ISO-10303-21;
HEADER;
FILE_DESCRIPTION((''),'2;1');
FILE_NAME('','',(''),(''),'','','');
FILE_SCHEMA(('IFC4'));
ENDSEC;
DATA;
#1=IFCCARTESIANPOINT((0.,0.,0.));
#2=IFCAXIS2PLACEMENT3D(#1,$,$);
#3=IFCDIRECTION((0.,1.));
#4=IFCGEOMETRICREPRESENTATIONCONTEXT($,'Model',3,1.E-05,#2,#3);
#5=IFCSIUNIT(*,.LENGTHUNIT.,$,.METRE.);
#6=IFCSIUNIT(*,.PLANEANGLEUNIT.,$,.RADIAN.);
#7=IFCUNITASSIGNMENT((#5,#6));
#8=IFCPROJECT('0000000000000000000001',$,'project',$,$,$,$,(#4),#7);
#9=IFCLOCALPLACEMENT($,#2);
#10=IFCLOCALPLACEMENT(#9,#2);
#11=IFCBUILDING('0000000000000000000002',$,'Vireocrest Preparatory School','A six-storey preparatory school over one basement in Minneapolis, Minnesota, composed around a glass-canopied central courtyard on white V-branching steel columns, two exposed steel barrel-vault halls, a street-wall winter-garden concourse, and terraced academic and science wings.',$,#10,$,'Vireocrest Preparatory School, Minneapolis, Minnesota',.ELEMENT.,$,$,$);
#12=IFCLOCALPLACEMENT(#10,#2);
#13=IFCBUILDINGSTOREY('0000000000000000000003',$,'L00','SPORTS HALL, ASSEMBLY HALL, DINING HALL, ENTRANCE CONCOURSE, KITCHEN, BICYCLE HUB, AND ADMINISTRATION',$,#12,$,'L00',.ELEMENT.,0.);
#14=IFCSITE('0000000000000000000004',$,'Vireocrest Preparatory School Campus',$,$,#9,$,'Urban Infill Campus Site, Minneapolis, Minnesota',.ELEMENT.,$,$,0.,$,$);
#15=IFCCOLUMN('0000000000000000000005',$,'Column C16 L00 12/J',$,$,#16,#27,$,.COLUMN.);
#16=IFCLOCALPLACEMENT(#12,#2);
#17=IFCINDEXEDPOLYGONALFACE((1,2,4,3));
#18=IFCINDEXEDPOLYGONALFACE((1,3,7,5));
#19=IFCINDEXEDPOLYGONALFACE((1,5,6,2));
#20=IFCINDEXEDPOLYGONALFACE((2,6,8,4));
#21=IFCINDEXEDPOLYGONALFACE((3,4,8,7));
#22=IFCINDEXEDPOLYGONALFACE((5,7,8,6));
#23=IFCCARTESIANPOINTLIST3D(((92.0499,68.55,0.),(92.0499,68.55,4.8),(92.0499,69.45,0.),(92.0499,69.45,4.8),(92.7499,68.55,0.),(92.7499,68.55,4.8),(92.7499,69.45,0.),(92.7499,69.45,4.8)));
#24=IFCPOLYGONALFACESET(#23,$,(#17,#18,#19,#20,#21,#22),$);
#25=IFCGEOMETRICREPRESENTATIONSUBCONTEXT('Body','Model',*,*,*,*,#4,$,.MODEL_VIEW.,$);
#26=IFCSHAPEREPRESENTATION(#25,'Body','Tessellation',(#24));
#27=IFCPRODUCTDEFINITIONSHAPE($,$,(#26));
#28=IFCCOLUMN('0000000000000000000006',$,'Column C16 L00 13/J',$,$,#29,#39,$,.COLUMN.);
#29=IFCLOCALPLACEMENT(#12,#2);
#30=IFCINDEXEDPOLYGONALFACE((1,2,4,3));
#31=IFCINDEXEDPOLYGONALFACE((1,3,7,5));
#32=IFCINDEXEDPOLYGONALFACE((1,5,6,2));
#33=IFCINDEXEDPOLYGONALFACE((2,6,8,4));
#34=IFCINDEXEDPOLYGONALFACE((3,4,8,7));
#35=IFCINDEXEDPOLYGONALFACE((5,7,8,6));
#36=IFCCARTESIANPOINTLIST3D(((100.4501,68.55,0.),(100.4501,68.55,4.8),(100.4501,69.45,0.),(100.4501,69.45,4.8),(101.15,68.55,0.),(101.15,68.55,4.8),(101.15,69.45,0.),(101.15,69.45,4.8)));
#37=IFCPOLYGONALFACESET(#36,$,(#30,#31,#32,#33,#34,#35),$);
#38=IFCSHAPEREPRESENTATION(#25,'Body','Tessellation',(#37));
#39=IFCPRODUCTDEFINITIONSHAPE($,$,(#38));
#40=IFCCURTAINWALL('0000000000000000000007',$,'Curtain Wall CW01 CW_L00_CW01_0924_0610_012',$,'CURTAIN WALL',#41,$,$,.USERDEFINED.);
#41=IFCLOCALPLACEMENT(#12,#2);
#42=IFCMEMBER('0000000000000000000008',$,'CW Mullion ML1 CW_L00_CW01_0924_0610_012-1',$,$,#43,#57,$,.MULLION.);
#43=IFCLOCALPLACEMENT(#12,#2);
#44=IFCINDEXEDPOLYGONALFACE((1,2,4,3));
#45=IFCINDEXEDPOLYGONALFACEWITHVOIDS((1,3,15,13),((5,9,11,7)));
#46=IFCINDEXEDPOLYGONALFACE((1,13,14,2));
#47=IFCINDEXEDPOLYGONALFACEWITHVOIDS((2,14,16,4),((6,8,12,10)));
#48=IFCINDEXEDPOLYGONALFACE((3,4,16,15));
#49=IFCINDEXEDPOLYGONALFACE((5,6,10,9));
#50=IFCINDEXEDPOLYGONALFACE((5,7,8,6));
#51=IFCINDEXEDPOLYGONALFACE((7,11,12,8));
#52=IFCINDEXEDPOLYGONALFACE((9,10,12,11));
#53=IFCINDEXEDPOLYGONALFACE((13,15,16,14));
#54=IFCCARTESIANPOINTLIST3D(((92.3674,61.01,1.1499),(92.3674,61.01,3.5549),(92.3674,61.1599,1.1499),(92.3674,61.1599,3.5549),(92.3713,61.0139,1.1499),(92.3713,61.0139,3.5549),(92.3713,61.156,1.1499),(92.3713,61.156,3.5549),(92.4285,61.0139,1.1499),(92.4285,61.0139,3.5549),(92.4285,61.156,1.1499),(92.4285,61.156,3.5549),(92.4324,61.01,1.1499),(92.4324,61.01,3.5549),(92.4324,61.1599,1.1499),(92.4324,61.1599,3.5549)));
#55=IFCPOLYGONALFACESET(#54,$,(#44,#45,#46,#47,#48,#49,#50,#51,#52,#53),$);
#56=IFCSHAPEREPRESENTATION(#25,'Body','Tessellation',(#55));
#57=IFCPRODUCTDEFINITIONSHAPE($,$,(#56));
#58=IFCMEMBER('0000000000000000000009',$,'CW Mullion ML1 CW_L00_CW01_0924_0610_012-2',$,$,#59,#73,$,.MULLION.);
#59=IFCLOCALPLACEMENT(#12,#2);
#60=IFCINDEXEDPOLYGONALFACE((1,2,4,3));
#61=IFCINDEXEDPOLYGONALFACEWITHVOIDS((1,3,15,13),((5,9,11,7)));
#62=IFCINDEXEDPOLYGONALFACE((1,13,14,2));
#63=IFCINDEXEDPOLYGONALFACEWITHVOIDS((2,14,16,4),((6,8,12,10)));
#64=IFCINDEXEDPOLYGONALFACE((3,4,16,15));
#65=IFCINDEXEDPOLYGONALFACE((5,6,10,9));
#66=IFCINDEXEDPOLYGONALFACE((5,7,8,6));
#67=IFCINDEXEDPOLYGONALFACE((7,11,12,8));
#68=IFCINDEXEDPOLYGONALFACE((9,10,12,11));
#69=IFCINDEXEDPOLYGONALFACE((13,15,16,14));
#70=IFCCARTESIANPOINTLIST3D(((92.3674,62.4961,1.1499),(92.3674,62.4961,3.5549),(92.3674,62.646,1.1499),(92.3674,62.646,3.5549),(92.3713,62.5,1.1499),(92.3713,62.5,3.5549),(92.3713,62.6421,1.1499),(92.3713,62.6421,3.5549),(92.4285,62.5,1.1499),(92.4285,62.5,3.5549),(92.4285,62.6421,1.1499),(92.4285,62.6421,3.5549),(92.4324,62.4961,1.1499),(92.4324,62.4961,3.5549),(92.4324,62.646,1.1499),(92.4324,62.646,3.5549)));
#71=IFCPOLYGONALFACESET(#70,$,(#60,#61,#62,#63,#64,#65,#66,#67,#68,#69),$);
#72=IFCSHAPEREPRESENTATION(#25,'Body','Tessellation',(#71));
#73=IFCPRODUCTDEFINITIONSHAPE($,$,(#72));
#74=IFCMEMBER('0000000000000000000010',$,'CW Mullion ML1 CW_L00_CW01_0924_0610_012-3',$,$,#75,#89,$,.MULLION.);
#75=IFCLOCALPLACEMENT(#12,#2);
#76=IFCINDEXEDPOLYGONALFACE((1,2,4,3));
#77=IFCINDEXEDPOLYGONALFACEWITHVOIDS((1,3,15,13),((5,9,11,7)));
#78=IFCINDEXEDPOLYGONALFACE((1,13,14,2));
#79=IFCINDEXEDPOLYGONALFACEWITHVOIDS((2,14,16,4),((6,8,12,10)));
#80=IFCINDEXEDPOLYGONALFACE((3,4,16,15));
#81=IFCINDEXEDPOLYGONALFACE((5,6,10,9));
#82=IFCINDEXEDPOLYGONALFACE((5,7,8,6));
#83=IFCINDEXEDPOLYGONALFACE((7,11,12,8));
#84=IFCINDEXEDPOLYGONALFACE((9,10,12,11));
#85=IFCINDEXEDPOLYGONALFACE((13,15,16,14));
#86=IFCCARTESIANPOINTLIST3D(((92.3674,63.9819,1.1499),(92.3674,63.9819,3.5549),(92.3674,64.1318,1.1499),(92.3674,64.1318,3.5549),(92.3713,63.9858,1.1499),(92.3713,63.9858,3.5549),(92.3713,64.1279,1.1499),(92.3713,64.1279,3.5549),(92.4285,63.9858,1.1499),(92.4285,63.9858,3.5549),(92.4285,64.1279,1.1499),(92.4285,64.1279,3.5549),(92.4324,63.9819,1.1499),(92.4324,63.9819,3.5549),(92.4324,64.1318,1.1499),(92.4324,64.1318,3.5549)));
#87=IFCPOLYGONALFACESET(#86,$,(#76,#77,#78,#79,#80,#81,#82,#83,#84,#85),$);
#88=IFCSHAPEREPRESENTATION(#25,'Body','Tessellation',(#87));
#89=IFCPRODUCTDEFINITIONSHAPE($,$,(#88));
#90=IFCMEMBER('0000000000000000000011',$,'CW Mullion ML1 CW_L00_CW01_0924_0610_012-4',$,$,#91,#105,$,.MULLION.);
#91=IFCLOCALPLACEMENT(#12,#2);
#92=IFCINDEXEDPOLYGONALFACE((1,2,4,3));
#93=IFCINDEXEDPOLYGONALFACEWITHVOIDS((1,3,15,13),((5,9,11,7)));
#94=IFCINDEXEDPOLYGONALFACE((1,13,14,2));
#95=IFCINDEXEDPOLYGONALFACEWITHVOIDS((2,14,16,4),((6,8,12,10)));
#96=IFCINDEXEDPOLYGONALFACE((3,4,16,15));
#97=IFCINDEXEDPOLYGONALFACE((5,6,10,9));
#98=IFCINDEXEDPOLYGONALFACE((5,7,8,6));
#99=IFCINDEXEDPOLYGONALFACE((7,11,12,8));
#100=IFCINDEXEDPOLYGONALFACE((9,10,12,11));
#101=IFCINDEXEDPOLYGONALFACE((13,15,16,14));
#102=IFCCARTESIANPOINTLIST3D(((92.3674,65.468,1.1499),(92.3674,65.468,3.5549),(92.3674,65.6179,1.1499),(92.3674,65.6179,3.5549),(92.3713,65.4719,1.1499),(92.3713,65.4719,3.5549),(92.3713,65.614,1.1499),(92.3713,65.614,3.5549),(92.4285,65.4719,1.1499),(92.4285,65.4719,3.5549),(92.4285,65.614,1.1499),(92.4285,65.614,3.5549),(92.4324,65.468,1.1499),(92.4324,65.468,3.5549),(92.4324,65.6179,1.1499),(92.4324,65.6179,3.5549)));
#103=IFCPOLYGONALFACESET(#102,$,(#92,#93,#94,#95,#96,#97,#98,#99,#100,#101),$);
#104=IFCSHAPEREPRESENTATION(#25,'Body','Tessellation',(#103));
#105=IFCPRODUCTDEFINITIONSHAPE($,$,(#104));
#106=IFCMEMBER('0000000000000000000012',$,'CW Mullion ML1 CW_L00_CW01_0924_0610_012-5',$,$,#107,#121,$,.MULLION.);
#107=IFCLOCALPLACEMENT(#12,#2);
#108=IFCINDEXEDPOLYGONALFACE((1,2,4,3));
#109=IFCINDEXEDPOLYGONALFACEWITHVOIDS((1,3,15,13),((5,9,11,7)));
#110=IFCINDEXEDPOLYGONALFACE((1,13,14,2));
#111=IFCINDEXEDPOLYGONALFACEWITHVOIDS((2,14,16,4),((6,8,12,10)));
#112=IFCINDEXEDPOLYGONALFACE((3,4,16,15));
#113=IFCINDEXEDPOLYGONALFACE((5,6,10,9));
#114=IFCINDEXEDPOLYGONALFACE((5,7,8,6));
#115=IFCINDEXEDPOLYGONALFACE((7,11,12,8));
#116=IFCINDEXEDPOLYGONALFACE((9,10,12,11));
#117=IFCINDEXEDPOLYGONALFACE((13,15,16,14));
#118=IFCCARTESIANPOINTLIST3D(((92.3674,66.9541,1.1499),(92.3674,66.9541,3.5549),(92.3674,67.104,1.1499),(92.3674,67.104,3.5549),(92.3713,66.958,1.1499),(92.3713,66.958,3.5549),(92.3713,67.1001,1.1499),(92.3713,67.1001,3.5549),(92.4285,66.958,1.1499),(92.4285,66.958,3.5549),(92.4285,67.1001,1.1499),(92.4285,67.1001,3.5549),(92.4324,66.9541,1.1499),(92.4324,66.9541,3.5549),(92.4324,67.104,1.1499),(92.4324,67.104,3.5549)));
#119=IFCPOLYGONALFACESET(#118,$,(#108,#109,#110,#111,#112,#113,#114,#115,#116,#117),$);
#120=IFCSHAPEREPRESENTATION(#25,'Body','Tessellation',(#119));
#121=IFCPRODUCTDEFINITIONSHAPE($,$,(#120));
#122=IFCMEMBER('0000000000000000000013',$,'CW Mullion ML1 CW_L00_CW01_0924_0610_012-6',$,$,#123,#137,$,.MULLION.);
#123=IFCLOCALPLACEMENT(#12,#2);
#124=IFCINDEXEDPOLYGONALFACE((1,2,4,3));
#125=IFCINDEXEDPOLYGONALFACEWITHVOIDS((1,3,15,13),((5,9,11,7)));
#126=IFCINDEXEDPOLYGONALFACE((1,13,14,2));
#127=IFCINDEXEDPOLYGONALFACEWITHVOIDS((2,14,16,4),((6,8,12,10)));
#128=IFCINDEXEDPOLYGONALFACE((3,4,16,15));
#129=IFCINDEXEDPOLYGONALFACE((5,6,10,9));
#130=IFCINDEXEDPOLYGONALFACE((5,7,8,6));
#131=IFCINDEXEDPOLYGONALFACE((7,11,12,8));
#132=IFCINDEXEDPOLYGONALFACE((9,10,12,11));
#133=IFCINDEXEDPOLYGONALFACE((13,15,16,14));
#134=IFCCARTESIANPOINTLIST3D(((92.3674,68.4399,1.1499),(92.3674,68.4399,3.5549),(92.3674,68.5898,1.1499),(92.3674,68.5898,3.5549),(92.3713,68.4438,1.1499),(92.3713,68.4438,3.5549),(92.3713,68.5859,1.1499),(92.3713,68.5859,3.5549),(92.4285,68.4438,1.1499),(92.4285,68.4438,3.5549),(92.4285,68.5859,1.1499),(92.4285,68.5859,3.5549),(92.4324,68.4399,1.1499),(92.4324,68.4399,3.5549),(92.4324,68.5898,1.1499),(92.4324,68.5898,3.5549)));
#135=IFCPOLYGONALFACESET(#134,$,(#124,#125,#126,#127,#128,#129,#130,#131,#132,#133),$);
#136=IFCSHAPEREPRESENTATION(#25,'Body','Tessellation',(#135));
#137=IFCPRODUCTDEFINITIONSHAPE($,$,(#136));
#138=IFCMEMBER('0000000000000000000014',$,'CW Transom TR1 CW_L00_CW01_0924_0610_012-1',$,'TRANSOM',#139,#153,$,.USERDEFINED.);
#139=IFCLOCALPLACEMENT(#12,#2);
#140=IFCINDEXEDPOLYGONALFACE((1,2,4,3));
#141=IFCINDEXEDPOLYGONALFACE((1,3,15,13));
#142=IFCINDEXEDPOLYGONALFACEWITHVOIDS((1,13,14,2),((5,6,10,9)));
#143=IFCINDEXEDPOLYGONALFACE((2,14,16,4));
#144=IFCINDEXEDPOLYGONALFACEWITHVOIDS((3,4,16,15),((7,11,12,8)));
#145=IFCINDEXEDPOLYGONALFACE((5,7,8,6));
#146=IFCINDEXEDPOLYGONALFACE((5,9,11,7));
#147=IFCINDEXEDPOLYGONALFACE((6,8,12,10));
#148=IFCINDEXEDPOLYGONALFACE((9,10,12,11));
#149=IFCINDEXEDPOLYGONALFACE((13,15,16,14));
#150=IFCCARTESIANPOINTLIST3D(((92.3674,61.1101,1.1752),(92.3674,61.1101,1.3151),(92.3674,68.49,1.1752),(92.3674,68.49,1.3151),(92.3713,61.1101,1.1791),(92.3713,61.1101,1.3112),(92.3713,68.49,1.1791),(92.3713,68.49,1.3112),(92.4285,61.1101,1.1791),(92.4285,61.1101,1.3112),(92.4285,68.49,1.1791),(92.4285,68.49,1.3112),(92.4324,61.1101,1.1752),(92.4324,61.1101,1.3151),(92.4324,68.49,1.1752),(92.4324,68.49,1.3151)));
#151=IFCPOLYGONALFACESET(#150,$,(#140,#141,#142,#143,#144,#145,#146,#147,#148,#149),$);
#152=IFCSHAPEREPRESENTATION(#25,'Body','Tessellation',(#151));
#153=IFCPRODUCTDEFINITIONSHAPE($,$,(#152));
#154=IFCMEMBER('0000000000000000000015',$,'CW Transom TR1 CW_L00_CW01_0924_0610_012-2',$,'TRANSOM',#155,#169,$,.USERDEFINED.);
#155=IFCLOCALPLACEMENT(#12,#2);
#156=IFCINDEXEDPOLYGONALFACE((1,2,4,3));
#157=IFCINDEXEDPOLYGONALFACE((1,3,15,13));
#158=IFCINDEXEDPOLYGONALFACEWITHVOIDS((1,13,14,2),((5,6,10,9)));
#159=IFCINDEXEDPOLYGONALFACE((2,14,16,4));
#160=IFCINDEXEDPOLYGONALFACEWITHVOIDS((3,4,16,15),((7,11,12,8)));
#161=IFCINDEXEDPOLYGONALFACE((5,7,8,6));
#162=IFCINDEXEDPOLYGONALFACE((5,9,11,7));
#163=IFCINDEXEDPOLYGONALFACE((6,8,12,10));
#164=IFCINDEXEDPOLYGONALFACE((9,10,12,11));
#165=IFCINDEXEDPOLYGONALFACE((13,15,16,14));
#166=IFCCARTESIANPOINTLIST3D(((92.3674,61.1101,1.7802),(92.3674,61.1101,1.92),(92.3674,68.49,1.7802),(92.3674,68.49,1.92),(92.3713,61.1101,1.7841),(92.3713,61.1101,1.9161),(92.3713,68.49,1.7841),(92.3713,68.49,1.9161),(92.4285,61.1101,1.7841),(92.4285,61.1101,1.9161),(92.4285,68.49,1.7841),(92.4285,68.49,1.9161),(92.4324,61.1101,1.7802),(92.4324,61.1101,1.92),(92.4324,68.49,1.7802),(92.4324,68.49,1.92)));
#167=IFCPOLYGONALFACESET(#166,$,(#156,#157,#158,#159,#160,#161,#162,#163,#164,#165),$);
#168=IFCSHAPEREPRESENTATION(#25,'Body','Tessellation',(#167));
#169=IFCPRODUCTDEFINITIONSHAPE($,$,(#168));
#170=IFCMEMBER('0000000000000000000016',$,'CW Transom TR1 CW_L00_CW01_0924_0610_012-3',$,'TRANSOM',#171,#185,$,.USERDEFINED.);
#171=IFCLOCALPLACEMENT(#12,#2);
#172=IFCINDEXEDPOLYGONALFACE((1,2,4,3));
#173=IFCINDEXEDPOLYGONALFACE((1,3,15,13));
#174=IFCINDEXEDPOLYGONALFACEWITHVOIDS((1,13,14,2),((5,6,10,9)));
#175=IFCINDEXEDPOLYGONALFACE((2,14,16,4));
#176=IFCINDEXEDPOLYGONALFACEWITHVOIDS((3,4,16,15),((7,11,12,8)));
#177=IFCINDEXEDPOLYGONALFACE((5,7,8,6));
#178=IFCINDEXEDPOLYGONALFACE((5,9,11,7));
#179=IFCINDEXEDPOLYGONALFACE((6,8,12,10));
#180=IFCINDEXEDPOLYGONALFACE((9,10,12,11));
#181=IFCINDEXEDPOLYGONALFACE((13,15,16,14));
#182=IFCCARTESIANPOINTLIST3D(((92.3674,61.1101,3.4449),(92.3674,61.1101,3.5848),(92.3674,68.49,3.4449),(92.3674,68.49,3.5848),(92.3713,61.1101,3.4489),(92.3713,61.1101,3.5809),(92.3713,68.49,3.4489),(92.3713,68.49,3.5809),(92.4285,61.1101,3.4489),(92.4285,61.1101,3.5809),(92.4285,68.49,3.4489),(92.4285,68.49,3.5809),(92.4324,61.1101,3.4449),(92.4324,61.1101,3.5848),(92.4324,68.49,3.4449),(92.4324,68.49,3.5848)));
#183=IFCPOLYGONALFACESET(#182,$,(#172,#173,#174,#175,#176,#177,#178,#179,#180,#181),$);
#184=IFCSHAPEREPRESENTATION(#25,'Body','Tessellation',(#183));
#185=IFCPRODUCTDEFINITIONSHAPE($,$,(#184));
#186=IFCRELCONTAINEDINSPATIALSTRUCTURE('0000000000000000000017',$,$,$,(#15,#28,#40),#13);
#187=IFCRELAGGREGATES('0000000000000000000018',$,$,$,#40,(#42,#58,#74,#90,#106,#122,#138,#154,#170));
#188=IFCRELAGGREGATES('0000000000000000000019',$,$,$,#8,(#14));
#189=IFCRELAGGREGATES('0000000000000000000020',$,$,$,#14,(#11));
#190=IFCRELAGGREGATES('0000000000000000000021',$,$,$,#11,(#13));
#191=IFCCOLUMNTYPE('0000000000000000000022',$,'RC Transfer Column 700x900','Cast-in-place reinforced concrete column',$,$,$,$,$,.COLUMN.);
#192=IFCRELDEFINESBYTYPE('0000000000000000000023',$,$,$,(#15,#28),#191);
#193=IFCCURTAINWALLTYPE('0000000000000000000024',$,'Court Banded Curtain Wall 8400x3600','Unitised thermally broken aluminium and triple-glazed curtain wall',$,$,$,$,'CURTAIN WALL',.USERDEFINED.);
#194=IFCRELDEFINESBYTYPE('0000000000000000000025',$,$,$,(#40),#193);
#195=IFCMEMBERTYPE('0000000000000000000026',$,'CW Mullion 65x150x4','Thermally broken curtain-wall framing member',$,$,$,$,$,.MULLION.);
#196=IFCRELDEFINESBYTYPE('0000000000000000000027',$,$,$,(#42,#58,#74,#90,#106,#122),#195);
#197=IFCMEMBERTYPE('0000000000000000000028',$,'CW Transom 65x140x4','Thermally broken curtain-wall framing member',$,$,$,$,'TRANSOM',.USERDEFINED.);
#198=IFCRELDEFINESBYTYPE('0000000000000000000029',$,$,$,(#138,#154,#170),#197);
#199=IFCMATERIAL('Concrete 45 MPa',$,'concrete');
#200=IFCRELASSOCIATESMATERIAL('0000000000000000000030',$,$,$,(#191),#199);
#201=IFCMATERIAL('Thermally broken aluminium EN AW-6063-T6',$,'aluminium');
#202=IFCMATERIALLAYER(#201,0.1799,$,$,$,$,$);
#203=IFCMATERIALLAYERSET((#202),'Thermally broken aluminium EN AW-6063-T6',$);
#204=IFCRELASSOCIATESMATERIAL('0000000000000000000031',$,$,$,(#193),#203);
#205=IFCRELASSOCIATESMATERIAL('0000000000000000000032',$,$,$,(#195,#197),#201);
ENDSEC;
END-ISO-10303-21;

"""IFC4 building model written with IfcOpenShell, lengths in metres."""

from ifc_helpers import new_model, si_unit, direction, frame, origin, origin_2d, place, context, subcontext, project, spatial, rectangle, hollow_rectangle, extrude, material, layer, layer_set, material_profile, profile_set, type_object, element, aggregate, save


model = new_model("IFC4")

# Units and contexts
model_context = context("Model", 3, precision=1e-05, world=origin(), true_north=direction((0.0, 1.0)))
body_context = subcontext(model_context, "Body", "Model", "MODEL_VIEW")
ifc_project = project(units=[si_unit("LENGTHUNIT", "METRE"), si_unit("PLANEANGLEUNIT", "RADIAN")], contexts=[model_context])

# Site, building, storey
site_placement = place(None, origin())
site = spatial("IfcSite", under=ifc_project, at=site_placement, Name="Vireocrest Preparatory School Campus", LongName="Urban Infill Campus Site, Minneapolis, Minnesota", CompositionType="ELEMENT", RefElevation=0.0)
building_placement = place(site_placement, origin())
building = spatial("IfcBuilding", under=site, at=building_placement, Name="Vireocrest Preparatory School", Description="A six-storey preparatory school over one basement in Minneapolis, Minnesota, composed around a glass-canopied central courtyard on white V-branching steel columns, two exposed steel barrel-vault halls, a street-wall winter-garden concourse, and terraced academic and science wings.", LongName="Vireocrest Preparatory School, Minneapolis, Minnesota", CompositionType="ELEMENT")
storey_placement = place(building_placement, origin())
storey = spatial("IfcBuildingStorey", under=building, at=storey_placement, Name="L00", Description="SPORTS HALL, ASSEMBLY HALL, DINING HALL, ENTRANCE CONCOURSE, KITCHEN, BICYCLE HUB, AND ADMINISTRATION", LongName="L00", CompositionType="ELEMENT", Elevation=0.0)

# Columns
ifc_material_1 = material(Name="Concrete 45 MPa", Category="concrete")
ifc_material_profile_1 = material_profile(ifc_material_1, rectangle(XDim=0.7, YDim=0.8999, at=origin_2d()), Name="RC 700x900")
ifc_profile_set_1 = profile_set([ifc_material_profile_1], Name="Concrete 45 MPa")
column_type = type_object("IfcColumnType", Name="RC Transfer Column 700x900", Description="Cast-in-place reinforced concrete column", PredefinedType="COLUMN", material=ifc_profile_set_1)
for number, where, z_axis, x_axis, name in (
    (1, (92.3999, 69.0, 0.0), (0.0, 0.0, 1.0), (1.0, 0.0, 0.0), "Column C16 L00 12/J"),
    (2, (100.8, 69.0, 0.0), (0.0, 0.0, 1.0), (1.0, 0.0, 0.0), "Column C16 L00 13/J"),
):
    element("IfcColumn", number, at=place(storey_placement, frame(where, z_axis=z_axis, x_axis=x_axis)), inside=storey, type_object=column_type, Name=name, PredefinedType="COLUMN", context=body_context, shape_type="SweptSolid", body=[
        extrude(rectangle(XDim=0.7, YDim=0.8999, at=origin_2d()), origin(), (0.0, 0.0, 1.0), 4.8),
    ])

# Curtain wall, members
ifc_material_2 = material(Name="Thermally broken aluminium EN AW-6063-T6", Category="aluminium")
ifc_layer_1 = layer(ifc_material_2, 0.1799)
ifc_layer_set_1 = layer_set([ifc_layer_1], Name="Thermally broken aluminium EN AW-6063-T6")
curtain_wall_type = type_object("IfcCurtainWallType", Name="Court Banded Curtain Wall 8400x3600", Description="Unitised thermally broken aluminium and triple-glazed curtain wall", ElementType="CURTAIN WALL", PredefinedType="USERDEFINED", material=ifc_layer_set_1)
curtain_wall_placement = place(storey_placement, origin())
curtain_wall = element("IfcCurtainWall", 3, at=curtain_wall_placement, inside=storey, type_object=curtain_wall_type, Name="Curtain Wall CW01 CW_L00_CW01_0924_0610_012", ObjectType="CURTAIN WALL", PredefinedType="USERDEFINED")
ifc_material_profile_2 = material_profile(ifc_material_2, hollow_rectangle(XDim=0.0649, YDim=0.1499, WallThickness=0.0039, at=origin_2d()), Name="ALU 65x150x4")
ifc_profile_set_2 = profile_set([ifc_material_profile_2], Name="Thermally broken aluminium EN AW-6063-T6")
member_type_1 = type_object("IfcMemberType", Name="CW Mullion 65x150x4", Description="Thermally broken curtain-wall framing member", PredefinedType="MULLION", material=ifc_profile_set_2)
member_1_placement = place(storey_placement, frame((92.3999, 61.085, 1.1499), z_axis=(0.0, 0.0, 1.0), x_axis=(1.0, 0.0, 0.0)))
member_1 = element("IfcMember", 4, at=member_1_placement, type_object=member_type_1, Name="CW Mullion ML1 CW_L00_CW01_0924_0610_012-1", PredefinedType="MULLION", context=body_context, shape_type="SweptSolid", body=[
    extrude(hollow_rectangle(XDim=0.0649, YDim=0.1499, WallThickness=0.0039, at=origin_2d()), origin(), (0.0, 0.0, 1.0), 2.405),
])
member_2_placement = place(storey_placement, frame((92.3999, 62.571, 1.1499), z_axis=(0.0, 0.0, 1.0), x_axis=(1.0, 0.0, 0.0)))
member_2 = element("IfcMember", 5, at=member_2_placement, type_object=member_type_1, Name="CW Mullion ML1 CW_L00_CW01_0924_0610_012-2", PredefinedType="MULLION", context=body_context, shape_type="SweptSolid", body=[
    extrude(hollow_rectangle(XDim=0.0649, YDim=0.1499, WallThickness=0.0039, at=origin_2d()), origin(), (0.0, 0.0, 1.0), 2.405),
])
member_3_placement = place(storey_placement, frame((92.3999, 64.0569, 1.1499), z_axis=(0.0, 0.0, 1.0), x_axis=(1.0, 0.0, 0.0)))
member_3 = element("IfcMember", 6, at=member_3_placement, type_object=member_type_1, Name="CW Mullion ML1 CW_L00_CW01_0924_0610_012-3", PredefinedType="MULLION", context=body_context, shape_type="SweptSolid", body=[
    extrude(hollow_rectangle(XDim=0.0649, YDim=0.1499, WallThickness=0.0039, at=origin_2d()), origin(), (0.0, 0.0, 1.0), 2.405),
])
member_4_placement = place(storey_placement, frame((92.3999, 65.543, 1.1499), z_axis=(0.0, 0.0, 1.0), x_axis=(1.0, 0.0, 0.0)))
member_4 = element("IfcMember", 7, at=member_4_placement, type_object=member_type_1, Name="CW Mullion ML1 CW_L00_CW01_0924_0610_012-4", PredefinedType="MULLION", context=body_context, shape_type="SweptSolid", body=[
    extrude(hollow_rectangle(XDim=0.0649, YDim=0.1499, WallThickness=0.0039, at=origin_2d()), origin(), (0.0, 0.0, 1.0), 2.405),
])
member_5_placement = place(storey_placement, frame((92.3999, 67.0291, 1.1499), z_axis=(0.0, 0.0, 1.0), x_axis=(1.0, 0.0, 0.0)))
member_5 = element("IfcMember", 8, at=member_5_placement, type_object=member_type_1, Name="CW Mullion ML1 CW_L00_CW01_0924_0610_012-5", PredefinedType="MULLION", context=body_context, shape_type="SweptSolid", body=[
    extrude(hollow_rectangle(XDim=0.0649, YDim=0.1499, WallThickness=0.0039, at=origin_2d()), origin(), (0.0, 0.0, 1.0), 2.405),
])
member_6_placement = place(storey_placement, frame((92.3999, 68.5149, 1.1499), z_axis=(0.0, 0.0, 1.0), x_axis=(1.0, 0.0, 0.0)))
member_6 = element("IfcMember", 9, at=member_6_placement, type_object=member_type_1, Name="CW Mullion ML1 CW_L00_CW01_0924_0610_012-6", PredefinedType="MULLION", context=body_context, shape_type="SweptSolid", body=[
    extrude(hollow_rectangle(XDim=0.0649, YDim=0.1499, WallThickness=0.0039, at=origin_2d()), origin(), (0.0, 0.0, 1.0), 2.405),
])
ifc_material_profile_3 = material_profile(ifc_material_2, hollow_rectangle(XDim=0.0649, YDim=0.1399, WallThickness=0.0039, at=origin_2d()), Name="ALU 65x140x4")
ifc_profile_set_3 = profile_set([ifc_material_profile_3], Name="Thermally broken aluminium EN AW-6063-T6")
member_type_2 = type_object("IfcMemberType", Name="CW Transom 65x140x4", Description="Thermally broken curtain-wall framing member", ElementType="TRANSOM", PredefinedType="USERDEFINED", material=ifc_profile_set_3)
member_7_placement = place(storey_placement, frame((92.3999, 61.1101, 1.2451), z_axis=(0.0, 1.0, 0.0), x_axis=(-1.0, 0.0, 0.0)))
member_7 = element("IfcMember", 10, at=member_7_placement, type_object=member_type_2, Name="CW Transom TR1 CW_L00_CW01_0924_0610_012-1", ObjectType="TRANSOM", PredefinedType="USERDEFINED", context=body_context, shape_type="SweptSolid", body=[
    extrude(hollow_rectangle(XDim=0.0649, YDim=0.1399, WallThickness=0.0039, at=origin_2d()), origin(), (0.0, 0.0, 1.0), 7.3799),
])
member_8_placement = place(storey_placement, frame((92.3999, 61.1101, 1.8501), z_axis=(0.0, 1.0, 0.0), x_axis=(-1.0, 0.0, 0.0)))
member_8 = element("IfcMember", 11, at=member_8_placement, type_object=member_type_2, Name="CW Transom TR1 CW_L00_CW01_0924_0610_012-2", ObjectType="TRANSOM", PredefinedType="USERDEFINED", context=body_context, shape_type="SweptSolid", body=[
    extrude(hollow_rectangle(XDim=0.0649, YDim=0.1399, WallThickness=0.0039, at=origin_2d()), origin(), (0.0, 0.0, 1.0), 7.3799),
])
member_9_placement = place(storey_placement, frame((92.3999, 61.1101, 3.5149), z_axis=(0.0, 1.0, 0.0), x_axis=(-1.0, 0.0, 0.0)))
member_9 = element("IfcMember", 12, at=member_9_placement, type_object=member_type_2, Name="CW Transom TR1 CW_L00_CW01_0924_0610_012-3", ObjectType="TRANSOM", PredefinedType="USERDEFINED", context=body_context, shape_type="SweptSolid", body=[
    extrude(hollow_rectangle(XDim=0.0649, YDim=0.1399, WallThickness=0.0039, at=origin_2d()), origin(), (0.0, 0.0, 1.0), 7.3799),
])

aggregate(curtain_wall, [member_1, member_2, member_3, member_4, member_5, member_6, member_7, member_8, member_9])

save(model, "model.ifc")
